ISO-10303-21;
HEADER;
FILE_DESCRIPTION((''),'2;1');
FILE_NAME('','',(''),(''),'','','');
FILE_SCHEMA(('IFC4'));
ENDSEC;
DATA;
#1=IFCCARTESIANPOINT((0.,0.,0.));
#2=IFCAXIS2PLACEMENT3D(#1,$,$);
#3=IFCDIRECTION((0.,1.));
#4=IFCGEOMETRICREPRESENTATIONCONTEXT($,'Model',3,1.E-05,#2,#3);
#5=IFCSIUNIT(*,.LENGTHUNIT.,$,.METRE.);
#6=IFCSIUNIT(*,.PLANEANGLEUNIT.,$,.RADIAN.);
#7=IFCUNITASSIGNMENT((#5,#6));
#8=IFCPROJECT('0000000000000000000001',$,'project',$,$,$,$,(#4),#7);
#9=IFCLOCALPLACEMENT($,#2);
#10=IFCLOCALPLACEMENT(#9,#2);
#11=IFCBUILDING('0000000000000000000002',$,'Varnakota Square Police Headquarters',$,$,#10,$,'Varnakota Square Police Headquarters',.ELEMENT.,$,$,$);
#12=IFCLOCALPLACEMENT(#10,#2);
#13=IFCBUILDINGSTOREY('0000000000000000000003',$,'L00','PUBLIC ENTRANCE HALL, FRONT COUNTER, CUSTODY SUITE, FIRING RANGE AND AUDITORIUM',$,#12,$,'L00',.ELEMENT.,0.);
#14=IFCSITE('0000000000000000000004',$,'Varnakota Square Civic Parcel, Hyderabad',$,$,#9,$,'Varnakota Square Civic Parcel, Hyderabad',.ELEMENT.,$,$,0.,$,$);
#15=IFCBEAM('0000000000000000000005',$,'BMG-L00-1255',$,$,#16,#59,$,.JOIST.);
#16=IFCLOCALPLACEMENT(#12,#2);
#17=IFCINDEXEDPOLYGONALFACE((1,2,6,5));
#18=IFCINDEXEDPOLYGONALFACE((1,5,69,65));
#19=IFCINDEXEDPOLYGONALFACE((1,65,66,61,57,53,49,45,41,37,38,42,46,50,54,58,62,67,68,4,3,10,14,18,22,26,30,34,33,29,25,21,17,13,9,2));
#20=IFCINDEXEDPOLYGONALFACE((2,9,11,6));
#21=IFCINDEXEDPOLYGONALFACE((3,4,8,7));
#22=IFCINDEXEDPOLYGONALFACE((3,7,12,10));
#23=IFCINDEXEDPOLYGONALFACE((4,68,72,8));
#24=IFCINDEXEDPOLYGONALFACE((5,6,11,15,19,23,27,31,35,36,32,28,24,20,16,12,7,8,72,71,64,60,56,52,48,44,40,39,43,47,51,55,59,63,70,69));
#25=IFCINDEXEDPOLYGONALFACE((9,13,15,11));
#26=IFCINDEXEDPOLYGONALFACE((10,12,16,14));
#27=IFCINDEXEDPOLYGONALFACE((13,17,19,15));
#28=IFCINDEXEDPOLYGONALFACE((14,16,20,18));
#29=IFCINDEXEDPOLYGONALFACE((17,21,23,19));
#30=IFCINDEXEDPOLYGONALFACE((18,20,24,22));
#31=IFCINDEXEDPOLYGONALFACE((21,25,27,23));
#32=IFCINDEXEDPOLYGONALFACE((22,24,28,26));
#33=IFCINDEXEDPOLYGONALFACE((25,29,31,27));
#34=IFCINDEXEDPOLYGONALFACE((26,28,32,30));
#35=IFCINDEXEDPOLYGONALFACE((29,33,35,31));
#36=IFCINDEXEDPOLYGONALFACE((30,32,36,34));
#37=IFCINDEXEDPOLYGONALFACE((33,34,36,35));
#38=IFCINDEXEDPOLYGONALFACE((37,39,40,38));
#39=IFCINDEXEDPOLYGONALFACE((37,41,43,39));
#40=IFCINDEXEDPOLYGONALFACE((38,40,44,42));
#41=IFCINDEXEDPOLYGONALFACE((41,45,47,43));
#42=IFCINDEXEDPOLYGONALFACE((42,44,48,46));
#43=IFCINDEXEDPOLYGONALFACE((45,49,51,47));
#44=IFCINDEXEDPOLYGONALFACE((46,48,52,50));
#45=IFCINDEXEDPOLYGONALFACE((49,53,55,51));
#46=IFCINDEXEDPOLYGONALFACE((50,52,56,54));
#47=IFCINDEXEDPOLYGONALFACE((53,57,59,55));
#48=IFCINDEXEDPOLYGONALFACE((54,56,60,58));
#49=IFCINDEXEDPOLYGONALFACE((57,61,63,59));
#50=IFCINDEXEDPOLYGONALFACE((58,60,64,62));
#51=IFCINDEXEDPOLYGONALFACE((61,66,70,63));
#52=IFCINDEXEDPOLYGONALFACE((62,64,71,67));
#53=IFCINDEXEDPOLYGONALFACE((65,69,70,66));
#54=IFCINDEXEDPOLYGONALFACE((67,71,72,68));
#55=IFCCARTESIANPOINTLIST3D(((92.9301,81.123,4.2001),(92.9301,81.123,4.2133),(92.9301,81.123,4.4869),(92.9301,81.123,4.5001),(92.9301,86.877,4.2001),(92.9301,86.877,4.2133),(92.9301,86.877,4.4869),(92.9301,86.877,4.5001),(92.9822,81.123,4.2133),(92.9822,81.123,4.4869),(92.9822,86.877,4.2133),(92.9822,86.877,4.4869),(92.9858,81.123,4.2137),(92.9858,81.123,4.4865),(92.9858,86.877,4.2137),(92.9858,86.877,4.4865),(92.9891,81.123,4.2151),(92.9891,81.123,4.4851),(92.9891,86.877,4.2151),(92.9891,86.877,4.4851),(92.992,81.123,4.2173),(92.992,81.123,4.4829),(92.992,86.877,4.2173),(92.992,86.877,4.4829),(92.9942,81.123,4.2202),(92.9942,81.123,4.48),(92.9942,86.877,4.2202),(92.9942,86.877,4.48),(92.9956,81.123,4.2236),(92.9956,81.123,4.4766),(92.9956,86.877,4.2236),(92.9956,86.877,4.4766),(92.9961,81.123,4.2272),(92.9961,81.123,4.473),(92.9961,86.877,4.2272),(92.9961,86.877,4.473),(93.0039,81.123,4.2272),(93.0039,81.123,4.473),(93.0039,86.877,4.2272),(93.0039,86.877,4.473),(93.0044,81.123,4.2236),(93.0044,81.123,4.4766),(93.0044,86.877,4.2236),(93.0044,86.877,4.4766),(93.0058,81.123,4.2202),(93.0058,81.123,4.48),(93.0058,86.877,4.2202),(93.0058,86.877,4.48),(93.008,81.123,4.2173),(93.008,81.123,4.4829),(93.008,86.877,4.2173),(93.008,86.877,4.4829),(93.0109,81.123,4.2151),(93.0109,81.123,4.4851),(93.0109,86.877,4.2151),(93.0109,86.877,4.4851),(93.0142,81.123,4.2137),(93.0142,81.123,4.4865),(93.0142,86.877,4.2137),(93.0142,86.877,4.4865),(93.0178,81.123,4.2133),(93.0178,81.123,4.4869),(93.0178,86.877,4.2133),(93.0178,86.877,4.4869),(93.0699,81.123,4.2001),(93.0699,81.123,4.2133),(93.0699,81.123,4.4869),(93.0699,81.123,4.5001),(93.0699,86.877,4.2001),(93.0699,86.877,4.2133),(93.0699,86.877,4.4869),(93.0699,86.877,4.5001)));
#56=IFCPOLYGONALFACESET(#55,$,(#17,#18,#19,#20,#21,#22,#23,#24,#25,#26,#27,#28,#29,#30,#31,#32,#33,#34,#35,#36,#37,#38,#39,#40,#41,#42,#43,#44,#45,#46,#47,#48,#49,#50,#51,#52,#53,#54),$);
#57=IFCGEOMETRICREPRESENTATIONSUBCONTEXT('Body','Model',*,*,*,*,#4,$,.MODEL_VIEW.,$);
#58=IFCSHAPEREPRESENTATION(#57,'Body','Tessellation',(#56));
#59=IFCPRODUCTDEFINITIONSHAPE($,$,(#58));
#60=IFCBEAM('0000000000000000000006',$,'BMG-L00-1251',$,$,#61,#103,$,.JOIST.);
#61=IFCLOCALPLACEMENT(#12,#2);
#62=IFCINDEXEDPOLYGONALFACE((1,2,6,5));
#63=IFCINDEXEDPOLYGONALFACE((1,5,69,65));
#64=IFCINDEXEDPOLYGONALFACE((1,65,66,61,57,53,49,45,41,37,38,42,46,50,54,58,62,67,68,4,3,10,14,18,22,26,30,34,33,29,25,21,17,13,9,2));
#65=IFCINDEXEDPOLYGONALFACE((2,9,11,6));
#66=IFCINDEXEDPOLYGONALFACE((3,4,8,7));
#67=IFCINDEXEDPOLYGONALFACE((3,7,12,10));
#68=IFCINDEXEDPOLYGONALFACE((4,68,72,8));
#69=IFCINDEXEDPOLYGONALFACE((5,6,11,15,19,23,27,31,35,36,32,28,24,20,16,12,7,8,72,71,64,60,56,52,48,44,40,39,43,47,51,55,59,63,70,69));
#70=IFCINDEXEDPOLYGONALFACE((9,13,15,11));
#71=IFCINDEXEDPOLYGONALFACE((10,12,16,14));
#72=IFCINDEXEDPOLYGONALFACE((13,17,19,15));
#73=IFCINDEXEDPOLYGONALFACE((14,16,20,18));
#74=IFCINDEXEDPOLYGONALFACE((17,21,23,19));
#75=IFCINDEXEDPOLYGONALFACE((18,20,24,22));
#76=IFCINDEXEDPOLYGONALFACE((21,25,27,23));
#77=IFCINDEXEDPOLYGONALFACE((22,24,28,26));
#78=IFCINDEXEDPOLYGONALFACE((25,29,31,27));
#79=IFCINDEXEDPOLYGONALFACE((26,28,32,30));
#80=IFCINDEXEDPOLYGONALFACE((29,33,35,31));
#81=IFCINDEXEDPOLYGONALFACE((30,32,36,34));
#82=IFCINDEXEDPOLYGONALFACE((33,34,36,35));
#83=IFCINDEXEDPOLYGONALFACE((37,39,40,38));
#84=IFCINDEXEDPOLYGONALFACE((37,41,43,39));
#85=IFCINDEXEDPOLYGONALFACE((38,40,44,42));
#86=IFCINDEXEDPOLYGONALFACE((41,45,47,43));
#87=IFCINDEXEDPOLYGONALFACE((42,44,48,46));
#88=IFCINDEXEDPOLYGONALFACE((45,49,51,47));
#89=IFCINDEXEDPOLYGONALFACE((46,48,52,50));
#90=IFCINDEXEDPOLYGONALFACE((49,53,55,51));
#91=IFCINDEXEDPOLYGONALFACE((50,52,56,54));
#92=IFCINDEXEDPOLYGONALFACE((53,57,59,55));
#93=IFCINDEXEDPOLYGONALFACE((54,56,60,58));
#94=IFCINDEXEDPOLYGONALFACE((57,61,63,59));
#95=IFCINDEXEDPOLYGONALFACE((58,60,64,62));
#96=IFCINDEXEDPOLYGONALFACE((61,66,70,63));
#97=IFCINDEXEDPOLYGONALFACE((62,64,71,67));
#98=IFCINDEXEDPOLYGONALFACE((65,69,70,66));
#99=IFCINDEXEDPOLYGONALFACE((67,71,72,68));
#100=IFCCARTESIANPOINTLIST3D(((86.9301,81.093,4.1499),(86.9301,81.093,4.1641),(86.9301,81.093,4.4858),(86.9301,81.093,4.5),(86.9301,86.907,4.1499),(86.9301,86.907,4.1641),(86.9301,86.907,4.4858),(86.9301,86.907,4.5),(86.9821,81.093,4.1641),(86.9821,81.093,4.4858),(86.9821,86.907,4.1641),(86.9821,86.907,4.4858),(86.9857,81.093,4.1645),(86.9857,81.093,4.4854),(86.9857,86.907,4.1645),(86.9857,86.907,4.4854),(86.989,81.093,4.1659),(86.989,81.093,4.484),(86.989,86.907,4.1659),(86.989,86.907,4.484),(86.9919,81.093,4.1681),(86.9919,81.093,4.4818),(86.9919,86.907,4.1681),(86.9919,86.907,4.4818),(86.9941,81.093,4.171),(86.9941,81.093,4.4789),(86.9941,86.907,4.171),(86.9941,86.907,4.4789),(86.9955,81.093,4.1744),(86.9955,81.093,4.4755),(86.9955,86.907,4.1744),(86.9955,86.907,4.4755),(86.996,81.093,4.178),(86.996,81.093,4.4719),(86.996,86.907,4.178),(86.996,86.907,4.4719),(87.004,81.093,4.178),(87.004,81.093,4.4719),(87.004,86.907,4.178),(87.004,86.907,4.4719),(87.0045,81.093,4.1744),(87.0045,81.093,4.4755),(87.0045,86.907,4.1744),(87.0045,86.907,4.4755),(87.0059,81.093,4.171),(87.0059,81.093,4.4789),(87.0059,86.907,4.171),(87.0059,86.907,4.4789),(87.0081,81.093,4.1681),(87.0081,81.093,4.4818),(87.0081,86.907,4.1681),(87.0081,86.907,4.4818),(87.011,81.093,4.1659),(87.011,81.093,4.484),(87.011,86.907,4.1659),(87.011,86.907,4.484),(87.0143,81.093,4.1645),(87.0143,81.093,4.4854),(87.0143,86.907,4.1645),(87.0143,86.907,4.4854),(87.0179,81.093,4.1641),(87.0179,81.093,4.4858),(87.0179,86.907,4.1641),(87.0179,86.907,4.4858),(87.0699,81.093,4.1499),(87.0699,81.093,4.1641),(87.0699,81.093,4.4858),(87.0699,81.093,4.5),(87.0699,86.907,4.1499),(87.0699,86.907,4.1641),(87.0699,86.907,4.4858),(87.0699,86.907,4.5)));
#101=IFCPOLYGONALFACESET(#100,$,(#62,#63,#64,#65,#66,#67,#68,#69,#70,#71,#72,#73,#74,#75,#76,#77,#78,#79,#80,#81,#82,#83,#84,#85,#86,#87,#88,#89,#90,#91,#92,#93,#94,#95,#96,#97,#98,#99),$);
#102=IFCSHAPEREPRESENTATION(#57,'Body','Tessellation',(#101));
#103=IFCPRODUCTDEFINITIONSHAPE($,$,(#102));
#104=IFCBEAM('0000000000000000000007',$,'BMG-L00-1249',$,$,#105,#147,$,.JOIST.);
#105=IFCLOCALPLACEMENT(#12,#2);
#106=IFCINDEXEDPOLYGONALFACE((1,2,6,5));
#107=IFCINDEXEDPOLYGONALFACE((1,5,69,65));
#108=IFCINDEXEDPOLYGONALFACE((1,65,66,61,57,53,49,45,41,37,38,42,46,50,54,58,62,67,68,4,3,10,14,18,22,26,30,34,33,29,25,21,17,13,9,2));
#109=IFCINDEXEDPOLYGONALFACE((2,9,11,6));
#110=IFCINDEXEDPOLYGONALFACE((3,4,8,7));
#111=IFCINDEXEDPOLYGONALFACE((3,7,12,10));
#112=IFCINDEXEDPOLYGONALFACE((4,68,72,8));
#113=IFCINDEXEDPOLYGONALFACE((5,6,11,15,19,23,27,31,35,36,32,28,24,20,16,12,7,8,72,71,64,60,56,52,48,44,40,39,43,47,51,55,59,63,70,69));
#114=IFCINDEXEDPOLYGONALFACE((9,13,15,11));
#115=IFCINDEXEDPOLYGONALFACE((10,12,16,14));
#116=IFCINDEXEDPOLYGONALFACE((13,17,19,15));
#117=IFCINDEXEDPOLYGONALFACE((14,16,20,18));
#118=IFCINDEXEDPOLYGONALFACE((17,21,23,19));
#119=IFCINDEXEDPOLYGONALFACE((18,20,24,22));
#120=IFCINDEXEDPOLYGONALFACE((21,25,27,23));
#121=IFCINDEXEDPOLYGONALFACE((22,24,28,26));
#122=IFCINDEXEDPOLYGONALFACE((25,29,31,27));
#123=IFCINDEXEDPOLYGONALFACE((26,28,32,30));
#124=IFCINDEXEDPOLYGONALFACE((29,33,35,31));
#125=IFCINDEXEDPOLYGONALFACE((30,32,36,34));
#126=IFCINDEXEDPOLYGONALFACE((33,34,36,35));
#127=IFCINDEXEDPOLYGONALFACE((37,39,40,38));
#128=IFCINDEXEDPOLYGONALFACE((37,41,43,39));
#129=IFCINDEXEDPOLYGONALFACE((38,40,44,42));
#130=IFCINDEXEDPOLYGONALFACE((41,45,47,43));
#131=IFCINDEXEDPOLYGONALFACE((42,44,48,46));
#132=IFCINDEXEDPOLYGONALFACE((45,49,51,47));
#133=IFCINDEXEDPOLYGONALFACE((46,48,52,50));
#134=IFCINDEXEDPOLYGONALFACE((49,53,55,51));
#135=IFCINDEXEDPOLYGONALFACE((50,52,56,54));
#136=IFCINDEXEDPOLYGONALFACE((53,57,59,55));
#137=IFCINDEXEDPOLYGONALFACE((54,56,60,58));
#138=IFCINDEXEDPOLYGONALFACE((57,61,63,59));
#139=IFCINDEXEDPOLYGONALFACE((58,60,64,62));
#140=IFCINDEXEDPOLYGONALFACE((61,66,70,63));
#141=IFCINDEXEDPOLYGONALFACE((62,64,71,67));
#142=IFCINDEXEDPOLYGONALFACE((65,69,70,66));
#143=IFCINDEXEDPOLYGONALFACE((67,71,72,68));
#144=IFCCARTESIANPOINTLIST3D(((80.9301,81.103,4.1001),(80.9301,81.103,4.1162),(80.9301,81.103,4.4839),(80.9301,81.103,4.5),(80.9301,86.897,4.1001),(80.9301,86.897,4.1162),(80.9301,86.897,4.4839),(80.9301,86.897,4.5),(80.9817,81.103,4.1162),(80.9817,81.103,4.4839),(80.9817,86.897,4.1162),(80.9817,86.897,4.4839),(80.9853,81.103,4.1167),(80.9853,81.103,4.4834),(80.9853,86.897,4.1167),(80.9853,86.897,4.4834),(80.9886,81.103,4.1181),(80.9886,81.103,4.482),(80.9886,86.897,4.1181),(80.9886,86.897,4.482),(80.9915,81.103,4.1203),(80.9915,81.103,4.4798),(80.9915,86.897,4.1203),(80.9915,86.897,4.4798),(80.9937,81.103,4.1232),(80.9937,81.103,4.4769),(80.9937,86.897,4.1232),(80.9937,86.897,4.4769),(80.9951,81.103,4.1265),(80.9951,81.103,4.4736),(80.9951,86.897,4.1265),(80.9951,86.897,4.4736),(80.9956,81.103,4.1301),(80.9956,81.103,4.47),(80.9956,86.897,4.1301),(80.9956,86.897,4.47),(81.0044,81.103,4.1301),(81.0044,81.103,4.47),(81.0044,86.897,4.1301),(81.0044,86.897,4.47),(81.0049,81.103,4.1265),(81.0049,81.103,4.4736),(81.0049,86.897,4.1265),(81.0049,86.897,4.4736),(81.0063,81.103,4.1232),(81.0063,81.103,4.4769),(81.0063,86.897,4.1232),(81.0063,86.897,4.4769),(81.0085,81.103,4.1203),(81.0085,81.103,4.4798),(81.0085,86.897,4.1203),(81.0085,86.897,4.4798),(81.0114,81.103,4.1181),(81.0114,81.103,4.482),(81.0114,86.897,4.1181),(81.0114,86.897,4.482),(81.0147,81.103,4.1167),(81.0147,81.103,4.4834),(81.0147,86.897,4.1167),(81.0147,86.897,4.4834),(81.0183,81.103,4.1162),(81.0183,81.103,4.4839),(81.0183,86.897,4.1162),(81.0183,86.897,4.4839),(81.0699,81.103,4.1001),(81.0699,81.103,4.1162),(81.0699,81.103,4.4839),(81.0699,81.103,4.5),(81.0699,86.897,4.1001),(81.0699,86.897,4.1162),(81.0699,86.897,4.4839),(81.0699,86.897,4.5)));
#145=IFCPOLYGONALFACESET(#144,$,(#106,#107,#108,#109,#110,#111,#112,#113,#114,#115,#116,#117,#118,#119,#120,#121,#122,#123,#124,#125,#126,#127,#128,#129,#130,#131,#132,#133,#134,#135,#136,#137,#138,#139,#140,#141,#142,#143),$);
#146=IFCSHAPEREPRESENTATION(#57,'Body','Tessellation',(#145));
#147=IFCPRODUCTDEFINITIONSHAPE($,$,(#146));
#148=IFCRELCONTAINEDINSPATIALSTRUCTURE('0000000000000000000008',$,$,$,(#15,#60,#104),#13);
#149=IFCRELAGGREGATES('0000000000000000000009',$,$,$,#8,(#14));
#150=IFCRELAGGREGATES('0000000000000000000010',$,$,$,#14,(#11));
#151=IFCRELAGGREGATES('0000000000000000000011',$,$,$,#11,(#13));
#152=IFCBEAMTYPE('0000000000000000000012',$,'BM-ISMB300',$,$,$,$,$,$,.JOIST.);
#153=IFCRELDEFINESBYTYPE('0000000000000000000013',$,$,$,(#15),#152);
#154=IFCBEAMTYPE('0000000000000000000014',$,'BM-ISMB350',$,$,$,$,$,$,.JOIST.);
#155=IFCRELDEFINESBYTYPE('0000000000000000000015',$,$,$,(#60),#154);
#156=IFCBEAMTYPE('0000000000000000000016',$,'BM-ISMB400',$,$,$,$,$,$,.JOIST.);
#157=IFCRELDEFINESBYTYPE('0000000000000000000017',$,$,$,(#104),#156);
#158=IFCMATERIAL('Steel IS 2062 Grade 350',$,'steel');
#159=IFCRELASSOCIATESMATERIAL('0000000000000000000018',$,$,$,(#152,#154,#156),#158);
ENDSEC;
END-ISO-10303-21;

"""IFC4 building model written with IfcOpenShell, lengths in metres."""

from ifc_helpers import new_model, si_unit, direction, frame, origin, origin_2d, place, context, subcontext, project, spatial, i_section, extrude, material, material_profile, profile_set, type_object, element, save


model = new_model("IFC4")

# Units and contexts
model_context = context("Model", 3, precision=1e-05, world=origin(), true_north=direction((0.0, 1.0)))
body_context = subcontext(model_context, "Body", "Model", "MODEL_VIEW")
ifc_project = project(units=[si_unit("LENGTHUNIT", "METRE"), si_unit("PLANEANGLEUNIT", "RADIAN")], contexts=[model_context])

# Site, building, storey
site_placement = place(None, origin())
site = spatial("IfcSite", under=ifc_project, at=site_placement, Name="Varnakota Square Civic Parcel, Hyderabad", LongName="Varnakota Square Civic Parcel, Hyderabad", CompositionType="ELEMENT", RefElevation=0.0)
building_placement = place(site_placement, origin())
building = spatial("IfcBuilding", under=site, at=building_placement, Name="Varnakota Square Police Headquarters", LongName="Varnakota Square Police Headquarters", CompositionType="ELEMENT")
storey_placement = place(building_placement, origin())
storey = spatial("IfcBuildingStorey", under=building, at=storey_placement, Name="L00", Description="PUBLIC ENTRANCE HALL, FRONT COUNTER, CUSTODY SUITE, FIRING RANGE AND AUDITORIUM", LongName="L00", CompositionType="ELEMENT", Elevation=0.0)

# Beams
ifc_material_1 = material(Name="Steel IS 2062 Grade 350", Category="steel")
ifc_material_profile_1 = material_profile(ifc_material_1, i_section(OverallWidth=0.1399, OverallDepth=0.3, WebThickness=0.0078, FlangeThickness=0.0132, FilletRadius=0.0139, at=origin_2d()), Name="ISMB 300")
ifc_profile_set_1 = profile_set([ifc_material_profile_1], Name="Steel IS 2062 Grade 350")
beam_type_1 = type_object("IfcBeamType", Name="BM-ISMB300", PredefinedType="JOIST", material=ifc_profile_set_1)
for number, where, z_axis, x_axis, name in (
    (1, (93.0, 81.123, 4.3501), (0.0, 1.0, 0.0), (-1.0, 0.0, 0.0), "BMG-L00-1255"),
):
    element("IfcBeam", number, at=place(storey_placement, frame(where, z_axis=z_axis, x_axis=x_axis)), inside=storey, type_object=beam_type_1, Name=name, PredefinedType="JOIST", context=body_context, shape_type="SweptSolid", body=[
        extrude(i_section(OverallWidth=0.1399, OverallDepth=0.3, WebThickness=0.0078, FlangeThickness=0.0132, FilletRadius=0.0139, at=origin_2d()), origin(), (0.0, 0.0, 1.0), 5.7539),
    ])
ifc_material_profile_2 = material_profile(ifc_material_1, i_section(OverallWidth=0.1399, OverallDepth=0.3501, WebThickness=0.0081, FlangeThickness=0.0142, FilletRadius=0.0139, at=origin_2d()), Name="ISMB 350")
ifc_profile_set_2 = profile_set([ifc_material_profile_2], Name="Steel IS 2062 Grade 350")
beam_type_2 = type_object("IfcBeamType", Name="BM-ISMB350", PredefinedType="JOIST", material=ifc_profile_set_2)
beam_1_placement = place(storey_placement, frame((87.0, 81.093, 4.325), z_axis=(0.0, 1.0, 0.0), x_axis=(-1.0, 0.0, 0.0)))
element("IfcBeam", 2, at=beam_1_placement, inside=storey, type_object=beam_type_2, Name="BMG-L00-1251", PredefinedType="JOIST", context=body_context, shape_type="SweptSolid", body=[
    extrude(i_section(OverallWidth=0.1399, OverallDepth=0.3501, WebThickness=0.0081, FlangeThickness=0.0142, FilletRadius=0.0139, at=origin_2d()), origin(), (0.0, 0.0, 1.0), 5.814),
])
ifc_material_profile_3 = material_profile(ifc_material_1, i_section(OverallWidth=0.1399, OverallDepth=0.3999, WebThickness=0.0088, FlangeThickness=0.0161, FilletRadius=0.0139, at=origin_2d()), Name="ISMB 400")
ifc_profile_set_3 = profile_set([ifc_material_profile_3], Name="Steel IS 2062 Grade 350")
beam_type_3 = type_object("IfcBeamType", Name="BM-ISMB400", PredefinedType="JOIST", material=ifc_profile_set_3)
beam_2_placement = place(storey_placement, frame((81.0, 81.103, 4.3), z_axis=(0.0, 1.0, 0.0), x_axis=(-1.0, 0.0, 0.0)))
element("IfcBeam", 3, at=beam_2_placement, inside=storey, type_object=beam_type_3, Name="BMG-L00-1249", PredefinedType="JOIST", context=body_context, shape_type="SweptSolid", body=[
    extrude(i_section(OverallWidth=0.1399, OverallDepth=0.3999, WebThickness=0.0088, FlangeThickness=0.0161, FilletRadius=0.0139, at=origin_2d()), origin(), (0.0, 0.0, 1.0), 5.7939),
])

save(model, "model.ifc")
